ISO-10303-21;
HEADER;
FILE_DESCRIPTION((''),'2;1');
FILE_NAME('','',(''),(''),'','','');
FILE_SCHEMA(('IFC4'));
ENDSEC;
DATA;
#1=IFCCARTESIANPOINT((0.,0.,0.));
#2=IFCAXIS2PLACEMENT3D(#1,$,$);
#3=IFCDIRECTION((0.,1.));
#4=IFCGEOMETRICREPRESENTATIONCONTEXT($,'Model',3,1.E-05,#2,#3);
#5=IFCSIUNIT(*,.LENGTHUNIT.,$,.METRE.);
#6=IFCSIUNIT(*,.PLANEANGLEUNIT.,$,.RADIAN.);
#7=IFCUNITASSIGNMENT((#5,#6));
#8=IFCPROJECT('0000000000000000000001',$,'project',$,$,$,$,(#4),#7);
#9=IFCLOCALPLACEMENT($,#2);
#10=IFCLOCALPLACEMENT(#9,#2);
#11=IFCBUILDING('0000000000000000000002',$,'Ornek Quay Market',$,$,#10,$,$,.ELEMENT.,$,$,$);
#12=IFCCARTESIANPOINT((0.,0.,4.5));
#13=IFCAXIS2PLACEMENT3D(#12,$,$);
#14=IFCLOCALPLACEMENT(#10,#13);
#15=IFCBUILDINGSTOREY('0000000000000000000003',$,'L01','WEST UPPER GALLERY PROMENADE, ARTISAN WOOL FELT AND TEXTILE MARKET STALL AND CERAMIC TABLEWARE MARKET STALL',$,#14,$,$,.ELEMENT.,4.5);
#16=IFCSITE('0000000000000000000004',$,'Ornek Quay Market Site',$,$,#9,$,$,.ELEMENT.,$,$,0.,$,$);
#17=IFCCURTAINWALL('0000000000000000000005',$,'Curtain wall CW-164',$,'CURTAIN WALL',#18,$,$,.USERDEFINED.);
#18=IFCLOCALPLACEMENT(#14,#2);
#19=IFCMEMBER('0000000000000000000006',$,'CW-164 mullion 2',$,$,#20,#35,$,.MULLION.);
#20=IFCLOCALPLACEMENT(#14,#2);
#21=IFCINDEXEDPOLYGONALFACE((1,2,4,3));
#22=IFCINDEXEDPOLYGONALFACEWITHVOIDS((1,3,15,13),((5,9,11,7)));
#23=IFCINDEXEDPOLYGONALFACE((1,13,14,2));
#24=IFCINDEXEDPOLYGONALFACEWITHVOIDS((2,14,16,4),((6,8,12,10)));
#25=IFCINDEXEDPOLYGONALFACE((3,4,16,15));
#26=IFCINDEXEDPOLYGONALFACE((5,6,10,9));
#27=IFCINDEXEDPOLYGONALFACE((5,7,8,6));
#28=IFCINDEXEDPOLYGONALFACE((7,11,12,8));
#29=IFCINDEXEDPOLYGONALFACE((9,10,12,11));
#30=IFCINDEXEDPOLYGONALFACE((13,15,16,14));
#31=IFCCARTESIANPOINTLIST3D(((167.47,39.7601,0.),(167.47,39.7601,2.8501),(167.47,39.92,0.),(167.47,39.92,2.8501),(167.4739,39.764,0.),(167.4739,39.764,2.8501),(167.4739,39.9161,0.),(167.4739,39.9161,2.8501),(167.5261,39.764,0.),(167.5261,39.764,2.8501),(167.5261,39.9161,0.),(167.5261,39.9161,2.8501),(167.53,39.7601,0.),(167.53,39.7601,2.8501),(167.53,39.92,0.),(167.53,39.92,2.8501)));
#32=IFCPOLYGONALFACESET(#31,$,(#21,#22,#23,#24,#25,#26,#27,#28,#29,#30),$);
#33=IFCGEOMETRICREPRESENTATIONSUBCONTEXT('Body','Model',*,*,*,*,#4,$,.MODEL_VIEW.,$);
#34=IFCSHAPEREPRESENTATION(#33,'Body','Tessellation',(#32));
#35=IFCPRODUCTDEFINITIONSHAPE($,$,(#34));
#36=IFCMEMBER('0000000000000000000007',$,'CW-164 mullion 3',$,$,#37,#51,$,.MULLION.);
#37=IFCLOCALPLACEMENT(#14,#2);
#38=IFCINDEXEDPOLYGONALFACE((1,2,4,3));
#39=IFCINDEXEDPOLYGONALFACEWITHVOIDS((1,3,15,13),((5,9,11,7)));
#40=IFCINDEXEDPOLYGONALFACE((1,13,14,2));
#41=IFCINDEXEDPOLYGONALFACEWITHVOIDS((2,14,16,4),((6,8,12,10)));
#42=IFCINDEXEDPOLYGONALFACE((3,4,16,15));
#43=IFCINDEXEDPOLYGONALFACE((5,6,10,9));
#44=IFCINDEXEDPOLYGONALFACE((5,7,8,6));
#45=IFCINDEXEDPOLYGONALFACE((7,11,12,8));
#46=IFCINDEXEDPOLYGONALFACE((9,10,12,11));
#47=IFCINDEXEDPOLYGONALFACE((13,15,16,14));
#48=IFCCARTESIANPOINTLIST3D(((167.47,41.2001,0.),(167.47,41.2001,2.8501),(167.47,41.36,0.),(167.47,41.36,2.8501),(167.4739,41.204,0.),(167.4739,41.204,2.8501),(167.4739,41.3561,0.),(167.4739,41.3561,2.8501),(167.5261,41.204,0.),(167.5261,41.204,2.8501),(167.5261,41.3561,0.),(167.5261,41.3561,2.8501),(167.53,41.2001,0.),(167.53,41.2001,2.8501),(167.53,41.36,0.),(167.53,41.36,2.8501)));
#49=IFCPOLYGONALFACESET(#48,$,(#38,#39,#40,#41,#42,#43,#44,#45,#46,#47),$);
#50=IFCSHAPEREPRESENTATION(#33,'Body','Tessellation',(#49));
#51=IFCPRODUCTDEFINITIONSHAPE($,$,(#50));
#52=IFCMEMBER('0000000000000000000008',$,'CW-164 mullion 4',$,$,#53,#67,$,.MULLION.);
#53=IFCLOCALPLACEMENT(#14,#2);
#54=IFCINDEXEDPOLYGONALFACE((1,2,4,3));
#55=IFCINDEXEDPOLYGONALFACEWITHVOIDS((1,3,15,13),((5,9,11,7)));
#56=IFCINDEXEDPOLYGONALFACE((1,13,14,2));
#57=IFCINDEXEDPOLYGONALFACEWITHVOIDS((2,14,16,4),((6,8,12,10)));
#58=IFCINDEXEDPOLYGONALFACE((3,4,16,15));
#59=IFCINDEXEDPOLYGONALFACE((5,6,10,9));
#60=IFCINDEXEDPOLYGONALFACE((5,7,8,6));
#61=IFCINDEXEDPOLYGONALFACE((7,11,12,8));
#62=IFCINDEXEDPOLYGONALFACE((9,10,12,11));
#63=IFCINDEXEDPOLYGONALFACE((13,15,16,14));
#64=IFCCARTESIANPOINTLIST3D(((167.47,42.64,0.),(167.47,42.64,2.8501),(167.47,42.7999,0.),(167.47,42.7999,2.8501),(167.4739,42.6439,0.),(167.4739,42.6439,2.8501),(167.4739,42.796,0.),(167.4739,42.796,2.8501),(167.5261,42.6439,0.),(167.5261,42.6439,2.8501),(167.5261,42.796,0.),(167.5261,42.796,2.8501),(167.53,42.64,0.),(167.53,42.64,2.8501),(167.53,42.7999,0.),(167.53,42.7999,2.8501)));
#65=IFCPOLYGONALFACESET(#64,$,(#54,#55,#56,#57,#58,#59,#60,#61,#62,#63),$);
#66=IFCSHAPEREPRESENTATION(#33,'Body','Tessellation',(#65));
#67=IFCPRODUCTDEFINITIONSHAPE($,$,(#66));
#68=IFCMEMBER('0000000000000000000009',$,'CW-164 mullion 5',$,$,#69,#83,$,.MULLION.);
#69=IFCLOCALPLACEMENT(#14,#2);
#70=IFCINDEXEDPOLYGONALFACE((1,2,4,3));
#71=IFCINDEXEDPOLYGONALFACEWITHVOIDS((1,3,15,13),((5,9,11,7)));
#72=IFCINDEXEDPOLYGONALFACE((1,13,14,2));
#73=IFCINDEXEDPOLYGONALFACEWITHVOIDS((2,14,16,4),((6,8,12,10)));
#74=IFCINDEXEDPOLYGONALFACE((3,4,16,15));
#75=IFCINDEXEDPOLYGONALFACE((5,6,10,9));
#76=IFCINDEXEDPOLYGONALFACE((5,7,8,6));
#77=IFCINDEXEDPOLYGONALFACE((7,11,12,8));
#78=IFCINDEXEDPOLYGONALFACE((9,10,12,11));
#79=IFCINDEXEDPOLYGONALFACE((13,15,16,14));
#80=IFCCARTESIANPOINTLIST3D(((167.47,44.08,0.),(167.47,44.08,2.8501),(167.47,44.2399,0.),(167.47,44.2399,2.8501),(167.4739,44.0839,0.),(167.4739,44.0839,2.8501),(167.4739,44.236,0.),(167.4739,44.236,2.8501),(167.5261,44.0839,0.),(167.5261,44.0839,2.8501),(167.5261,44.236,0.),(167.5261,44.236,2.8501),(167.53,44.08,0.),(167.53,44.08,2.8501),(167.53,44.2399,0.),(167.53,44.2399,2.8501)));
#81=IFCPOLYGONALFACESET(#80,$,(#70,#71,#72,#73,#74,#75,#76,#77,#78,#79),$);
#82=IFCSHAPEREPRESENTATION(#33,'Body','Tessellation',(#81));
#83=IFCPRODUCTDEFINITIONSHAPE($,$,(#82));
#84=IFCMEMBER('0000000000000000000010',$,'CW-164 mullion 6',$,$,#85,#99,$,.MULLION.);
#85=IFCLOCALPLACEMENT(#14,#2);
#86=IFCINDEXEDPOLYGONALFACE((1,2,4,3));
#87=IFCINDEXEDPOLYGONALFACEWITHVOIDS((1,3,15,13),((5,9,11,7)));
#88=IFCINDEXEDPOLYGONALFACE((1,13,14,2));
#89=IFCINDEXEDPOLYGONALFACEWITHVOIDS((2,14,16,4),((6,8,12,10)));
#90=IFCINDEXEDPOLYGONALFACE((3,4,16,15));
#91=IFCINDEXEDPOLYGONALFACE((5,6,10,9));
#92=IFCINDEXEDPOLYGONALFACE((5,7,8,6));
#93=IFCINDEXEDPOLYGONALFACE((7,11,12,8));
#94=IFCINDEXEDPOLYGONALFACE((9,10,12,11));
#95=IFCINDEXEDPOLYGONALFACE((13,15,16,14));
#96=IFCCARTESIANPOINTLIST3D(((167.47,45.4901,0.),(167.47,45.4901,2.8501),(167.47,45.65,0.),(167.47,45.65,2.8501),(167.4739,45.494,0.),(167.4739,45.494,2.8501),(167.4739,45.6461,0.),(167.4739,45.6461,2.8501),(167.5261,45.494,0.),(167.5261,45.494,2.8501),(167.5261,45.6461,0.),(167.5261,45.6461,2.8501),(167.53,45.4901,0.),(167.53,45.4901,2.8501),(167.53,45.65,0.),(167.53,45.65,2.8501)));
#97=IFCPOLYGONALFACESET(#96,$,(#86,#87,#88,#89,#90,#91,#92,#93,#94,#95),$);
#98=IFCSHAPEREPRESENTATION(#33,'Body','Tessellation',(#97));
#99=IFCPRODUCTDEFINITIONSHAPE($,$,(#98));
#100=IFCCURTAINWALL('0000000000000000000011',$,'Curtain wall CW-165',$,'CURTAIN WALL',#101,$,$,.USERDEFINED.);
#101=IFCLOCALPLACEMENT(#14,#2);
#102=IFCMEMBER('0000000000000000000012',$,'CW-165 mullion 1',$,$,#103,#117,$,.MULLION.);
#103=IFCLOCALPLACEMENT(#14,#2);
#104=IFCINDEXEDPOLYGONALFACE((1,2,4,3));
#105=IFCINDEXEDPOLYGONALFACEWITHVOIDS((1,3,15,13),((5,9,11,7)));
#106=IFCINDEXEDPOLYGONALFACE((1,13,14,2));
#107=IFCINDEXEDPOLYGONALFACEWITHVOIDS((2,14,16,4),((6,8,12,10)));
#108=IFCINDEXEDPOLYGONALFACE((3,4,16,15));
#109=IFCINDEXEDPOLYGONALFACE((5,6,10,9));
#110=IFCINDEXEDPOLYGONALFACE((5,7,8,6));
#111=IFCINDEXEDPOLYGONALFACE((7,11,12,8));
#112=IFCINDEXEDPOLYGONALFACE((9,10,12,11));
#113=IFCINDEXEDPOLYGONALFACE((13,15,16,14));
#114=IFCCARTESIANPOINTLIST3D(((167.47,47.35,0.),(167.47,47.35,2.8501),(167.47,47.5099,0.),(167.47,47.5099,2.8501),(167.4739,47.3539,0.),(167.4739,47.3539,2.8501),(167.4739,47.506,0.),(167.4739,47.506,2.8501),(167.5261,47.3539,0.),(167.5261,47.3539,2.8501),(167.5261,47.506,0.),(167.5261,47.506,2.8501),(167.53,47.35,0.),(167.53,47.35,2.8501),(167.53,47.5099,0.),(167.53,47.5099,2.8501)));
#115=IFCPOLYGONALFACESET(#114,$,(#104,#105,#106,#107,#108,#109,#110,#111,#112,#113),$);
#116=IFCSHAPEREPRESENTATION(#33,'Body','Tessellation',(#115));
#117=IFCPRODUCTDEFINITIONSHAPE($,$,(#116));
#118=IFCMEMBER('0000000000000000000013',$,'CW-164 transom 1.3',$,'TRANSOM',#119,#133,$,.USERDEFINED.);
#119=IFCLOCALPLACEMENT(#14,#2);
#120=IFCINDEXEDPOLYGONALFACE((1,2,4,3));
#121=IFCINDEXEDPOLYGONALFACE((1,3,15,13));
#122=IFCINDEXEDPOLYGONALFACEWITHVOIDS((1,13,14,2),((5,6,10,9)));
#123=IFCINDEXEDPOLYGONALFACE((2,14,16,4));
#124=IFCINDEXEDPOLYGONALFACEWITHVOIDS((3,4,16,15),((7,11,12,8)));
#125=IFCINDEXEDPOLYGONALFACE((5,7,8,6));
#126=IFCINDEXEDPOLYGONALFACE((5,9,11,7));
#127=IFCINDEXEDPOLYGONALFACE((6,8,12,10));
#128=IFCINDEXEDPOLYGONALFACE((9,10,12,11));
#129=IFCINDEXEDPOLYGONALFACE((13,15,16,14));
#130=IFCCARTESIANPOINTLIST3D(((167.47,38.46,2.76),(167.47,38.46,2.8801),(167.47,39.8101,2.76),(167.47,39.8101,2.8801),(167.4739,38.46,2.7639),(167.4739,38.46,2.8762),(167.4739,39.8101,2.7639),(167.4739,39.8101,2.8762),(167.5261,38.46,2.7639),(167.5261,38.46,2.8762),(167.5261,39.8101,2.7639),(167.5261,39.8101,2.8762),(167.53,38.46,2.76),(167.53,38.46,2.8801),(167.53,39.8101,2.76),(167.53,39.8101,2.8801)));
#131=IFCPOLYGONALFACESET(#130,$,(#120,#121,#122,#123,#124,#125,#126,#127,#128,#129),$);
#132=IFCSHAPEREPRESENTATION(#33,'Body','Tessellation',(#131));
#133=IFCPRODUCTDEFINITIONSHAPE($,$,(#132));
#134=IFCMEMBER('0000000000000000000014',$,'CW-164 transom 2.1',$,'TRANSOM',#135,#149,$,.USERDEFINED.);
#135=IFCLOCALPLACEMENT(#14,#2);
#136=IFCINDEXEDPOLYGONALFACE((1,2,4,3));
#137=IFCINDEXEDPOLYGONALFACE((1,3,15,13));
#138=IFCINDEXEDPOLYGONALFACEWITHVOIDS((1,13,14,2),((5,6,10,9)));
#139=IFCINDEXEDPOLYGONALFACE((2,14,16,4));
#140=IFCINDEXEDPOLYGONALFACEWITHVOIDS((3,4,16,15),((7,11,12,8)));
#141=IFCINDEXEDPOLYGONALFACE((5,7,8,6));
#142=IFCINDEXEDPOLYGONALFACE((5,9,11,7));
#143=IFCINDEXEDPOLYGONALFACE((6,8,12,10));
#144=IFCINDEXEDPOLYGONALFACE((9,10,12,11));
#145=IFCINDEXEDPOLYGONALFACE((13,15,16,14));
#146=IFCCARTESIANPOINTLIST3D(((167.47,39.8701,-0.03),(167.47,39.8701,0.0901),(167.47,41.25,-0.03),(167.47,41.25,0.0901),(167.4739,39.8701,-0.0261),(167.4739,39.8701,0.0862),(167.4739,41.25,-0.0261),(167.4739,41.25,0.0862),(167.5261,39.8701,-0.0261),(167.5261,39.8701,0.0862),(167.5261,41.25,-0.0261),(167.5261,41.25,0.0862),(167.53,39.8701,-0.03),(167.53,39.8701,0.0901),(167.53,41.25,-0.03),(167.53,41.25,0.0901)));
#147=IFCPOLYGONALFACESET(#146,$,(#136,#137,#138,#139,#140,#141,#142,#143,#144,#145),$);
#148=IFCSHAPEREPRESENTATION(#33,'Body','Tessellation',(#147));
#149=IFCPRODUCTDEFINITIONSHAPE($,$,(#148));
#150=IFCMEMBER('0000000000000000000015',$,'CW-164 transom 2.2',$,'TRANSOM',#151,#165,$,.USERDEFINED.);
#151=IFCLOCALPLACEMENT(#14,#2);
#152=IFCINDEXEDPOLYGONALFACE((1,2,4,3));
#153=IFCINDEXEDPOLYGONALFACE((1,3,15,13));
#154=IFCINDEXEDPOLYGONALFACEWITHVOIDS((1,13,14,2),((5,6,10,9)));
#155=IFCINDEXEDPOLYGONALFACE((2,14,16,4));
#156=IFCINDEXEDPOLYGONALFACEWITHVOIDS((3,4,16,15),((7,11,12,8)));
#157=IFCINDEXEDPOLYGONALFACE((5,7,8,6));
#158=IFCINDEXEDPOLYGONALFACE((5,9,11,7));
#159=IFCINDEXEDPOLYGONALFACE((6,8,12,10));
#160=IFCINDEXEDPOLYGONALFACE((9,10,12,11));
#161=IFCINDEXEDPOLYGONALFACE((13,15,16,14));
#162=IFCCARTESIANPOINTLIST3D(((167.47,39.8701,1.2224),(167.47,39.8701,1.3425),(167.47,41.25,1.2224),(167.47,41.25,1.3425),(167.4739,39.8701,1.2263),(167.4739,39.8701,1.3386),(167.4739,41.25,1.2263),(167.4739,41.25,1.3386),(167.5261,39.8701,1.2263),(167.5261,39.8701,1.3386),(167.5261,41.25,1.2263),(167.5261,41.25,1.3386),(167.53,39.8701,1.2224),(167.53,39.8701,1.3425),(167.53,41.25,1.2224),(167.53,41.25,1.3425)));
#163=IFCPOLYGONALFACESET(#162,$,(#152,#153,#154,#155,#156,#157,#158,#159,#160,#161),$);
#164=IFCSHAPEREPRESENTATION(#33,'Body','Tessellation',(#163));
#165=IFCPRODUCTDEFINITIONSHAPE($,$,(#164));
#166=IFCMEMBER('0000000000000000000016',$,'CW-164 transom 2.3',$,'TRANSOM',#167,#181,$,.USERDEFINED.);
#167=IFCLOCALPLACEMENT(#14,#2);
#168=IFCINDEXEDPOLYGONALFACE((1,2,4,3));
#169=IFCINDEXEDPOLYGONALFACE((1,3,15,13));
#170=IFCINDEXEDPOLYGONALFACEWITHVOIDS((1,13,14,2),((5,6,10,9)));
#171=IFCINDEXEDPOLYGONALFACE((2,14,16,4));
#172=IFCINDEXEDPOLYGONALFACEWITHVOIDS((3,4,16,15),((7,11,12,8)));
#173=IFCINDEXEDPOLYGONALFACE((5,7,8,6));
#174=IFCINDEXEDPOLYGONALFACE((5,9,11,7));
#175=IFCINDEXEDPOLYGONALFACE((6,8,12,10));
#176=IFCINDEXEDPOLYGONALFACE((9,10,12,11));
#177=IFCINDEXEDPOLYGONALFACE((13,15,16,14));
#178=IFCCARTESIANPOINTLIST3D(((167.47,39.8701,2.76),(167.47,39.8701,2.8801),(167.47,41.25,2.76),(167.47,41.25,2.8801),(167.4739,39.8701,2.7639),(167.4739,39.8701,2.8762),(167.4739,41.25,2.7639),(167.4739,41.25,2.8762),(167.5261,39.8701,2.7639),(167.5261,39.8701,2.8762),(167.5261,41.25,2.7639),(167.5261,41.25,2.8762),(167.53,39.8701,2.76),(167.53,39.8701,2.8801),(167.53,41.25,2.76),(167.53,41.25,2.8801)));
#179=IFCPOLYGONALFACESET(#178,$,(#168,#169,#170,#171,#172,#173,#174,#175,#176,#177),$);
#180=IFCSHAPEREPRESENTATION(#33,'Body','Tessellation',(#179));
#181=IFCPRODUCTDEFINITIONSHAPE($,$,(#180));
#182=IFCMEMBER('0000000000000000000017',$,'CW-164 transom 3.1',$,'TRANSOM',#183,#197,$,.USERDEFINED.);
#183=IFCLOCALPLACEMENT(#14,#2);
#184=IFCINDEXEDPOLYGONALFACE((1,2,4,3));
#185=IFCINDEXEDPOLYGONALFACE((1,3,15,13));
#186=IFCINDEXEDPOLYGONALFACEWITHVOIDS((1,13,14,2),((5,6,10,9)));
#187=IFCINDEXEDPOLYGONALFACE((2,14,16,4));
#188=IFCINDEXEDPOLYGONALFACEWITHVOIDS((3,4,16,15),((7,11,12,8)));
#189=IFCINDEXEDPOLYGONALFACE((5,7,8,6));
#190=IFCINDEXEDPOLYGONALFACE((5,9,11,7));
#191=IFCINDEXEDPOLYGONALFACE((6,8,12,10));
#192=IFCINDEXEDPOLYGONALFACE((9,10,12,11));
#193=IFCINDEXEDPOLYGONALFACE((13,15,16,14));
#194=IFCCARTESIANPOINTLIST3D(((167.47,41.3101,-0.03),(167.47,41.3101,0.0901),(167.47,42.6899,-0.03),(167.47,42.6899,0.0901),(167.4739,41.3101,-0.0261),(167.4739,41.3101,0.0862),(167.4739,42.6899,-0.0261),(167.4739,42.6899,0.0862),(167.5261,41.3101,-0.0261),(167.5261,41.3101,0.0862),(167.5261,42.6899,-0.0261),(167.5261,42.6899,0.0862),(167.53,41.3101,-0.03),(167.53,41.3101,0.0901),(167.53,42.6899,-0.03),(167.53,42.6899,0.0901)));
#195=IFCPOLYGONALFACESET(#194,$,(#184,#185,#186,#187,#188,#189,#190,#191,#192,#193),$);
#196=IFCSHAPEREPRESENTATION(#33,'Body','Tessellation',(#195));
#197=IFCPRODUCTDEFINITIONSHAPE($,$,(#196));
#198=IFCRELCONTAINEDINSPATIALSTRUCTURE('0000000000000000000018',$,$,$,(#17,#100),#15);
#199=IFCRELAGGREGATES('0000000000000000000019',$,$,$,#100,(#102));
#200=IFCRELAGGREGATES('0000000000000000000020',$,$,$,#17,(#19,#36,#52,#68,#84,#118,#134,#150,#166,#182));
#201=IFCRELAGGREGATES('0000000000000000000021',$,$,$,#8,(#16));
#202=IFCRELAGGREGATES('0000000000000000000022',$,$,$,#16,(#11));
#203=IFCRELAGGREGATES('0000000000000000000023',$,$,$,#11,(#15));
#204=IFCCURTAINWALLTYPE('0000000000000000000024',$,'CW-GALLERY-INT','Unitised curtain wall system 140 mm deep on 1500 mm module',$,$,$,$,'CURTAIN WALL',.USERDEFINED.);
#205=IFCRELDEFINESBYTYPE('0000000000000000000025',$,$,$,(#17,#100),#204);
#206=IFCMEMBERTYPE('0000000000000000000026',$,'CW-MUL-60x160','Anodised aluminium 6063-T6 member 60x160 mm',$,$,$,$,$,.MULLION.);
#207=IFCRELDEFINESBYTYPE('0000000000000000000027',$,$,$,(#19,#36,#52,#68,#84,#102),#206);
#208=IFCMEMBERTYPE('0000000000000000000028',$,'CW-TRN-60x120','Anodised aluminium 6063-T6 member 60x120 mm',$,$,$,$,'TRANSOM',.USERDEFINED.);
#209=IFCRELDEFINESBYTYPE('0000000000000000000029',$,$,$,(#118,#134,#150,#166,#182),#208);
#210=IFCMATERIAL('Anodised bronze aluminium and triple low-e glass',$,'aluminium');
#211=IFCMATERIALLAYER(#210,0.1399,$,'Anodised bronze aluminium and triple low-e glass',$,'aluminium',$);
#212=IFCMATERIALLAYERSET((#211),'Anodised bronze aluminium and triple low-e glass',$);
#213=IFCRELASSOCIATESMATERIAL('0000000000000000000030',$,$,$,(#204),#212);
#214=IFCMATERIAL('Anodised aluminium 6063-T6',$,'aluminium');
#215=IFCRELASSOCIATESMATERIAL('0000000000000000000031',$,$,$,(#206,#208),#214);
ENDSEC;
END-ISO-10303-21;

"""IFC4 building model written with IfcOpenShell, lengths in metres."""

from ifc_helpers import new_model, si_unit, direction, frame, origin, origin_2d, place, context, subcontext, project, spatial, hollow_rectangle, extrude, material, layer, layer_set, material_profile, profile_set, type_object, element, aggregate, save


model = new_model("IFC4")

# Units and contexts
model_context = context("Model", 3, precision=1e-05, world=origin(), true_north=direction((0.0, 1.0)))
body_context = subcontext(model_context, "Body", "Model", "MODEL_VIEW")
ifc_project = project(units=[si_unit("LENGTHUNIT", "METRE"), si_unit("PLANEANGLEUNIT", "RADIAN")], contexts=[model_context])

# Site, building, storey
site_placement = place(None, origin())
site = spatial("IfcSite", under=ifc_project, at=site_placement, Name="Ornek Quay Market Site", CompositionType="ELEMENT", RefElevation=0.0)
building_placement = place(site_placement, origin())
building = spatial("IfcBuilding", under=site, at=building_placement, Name="Ornek Quay Market", CompositionType="ELEMENT")
storey_placement = place(building_placement, frame((0.0, 0.0, 4.5)))
storey = spatial("IfcBuildingStorey", under=building, at=storey_placement, Name="L01", Description="WEST UPPER GALLERY PROMENADE, ARTISAN WOOL FELT AND TEXTILE MARKET STALL AND CERAMIC TABLEWARE MARKET STALL", CompositionType="ELEMENT", Elevation=4.5)

# Curtain wall, members
ifc_material_1 = material(Name="Anodised bronze aluminium and triple low-e glass", Category="aluminium")
ifc_layer_1 = layer(ifc_material_1, 0.1399, Name="Anodised bronze aluminium and triple low-e glass", Category="aluminium")
ifc_layer_set_1 = layer_set([ifc_layer_1], Name="Anodised bronze aluminium and triple low-e glass")
curtain_wall_type = type_object("IfcCurtainWallType", Name="CW-GALLERY-INT", Description="Unitised curtain wall system 140 mm deep on 1500 mm module", ElementType="CURTAIN WALL", PredefinedType="USERDEFINED", material=ifc_layer_set_1)
curtain_wall_1_placement = place(storey_placement, origin())
curtain_wall_1 = element("IfcCurtainWall", 1, at=curtain_wall_1_placement, inside=storey, type_object=curtain_wall_type, Name="Curtain wall CW-164", ObjectType="CURTAIN WALL", PredefinedType="USERDEFINED")
ifc_material_2 = material(Name="Anodised aluminium 6063-T6", Category="aluminium")
ifc_material_profile_1 = material_profile(ifc_material_2, hollow_rectangle(XDim=0.0601, YDim=0.1599, WallThickness=0.0039, at=origin_2d()), Name="CW-MUL-60x160", Category="aluminium")
ifc_profile_set_1 = profile_set([ifc_material_profile_1], Name="Anodised aluminium 6063-T6")
member_type_1 = type_object("IfcMemberType", Name="CW-MUL-60x160", Description="Anodised aluminium 6063-T6 member 60x160 mm", PredefinedType="MULLION", material=ifc_profile_set_1)
member_1_placement = place(storey_placement, frame((167.5, 39.8401, 0.0), z_axis=(0.0, 0.0, 1.0), x_axis=(-1.0, 0.0, 0.0)))
member_1 = element("IfcMember", 2, at=member_1_placement, type_object=member_type_1, Name="CW-164 mullion 2", PredefinedType="MULLION", context=body_context, shape_type="SweptSolid", body=[
    extrude(hollow_rectangle(XDim=0.0601, YDim=0.1599, WallThickness=0.0039, at=origin_2d()), origin(), (0.0, 0.0, 1.0), 2.8501),
])
member_2_placement = place(storey_placement, frame((167.5, 41.28, 0.0), z_axis=(0.0, 0.0, 1.0), x_axis=(-1.0, 0.0, 0.0)))
member_2 = element("IfcMember", 3, at=member_2_placement, type_object=member_type_1, Name="CW-164 mullion 3", PredefinedType="MULLION", context=body_context, shape_type="SweptSolid", body=[
    extrude(hollow_rectangle(XDim=0.0601, YDim=0.1599, WallThickness=0.0039, at=origin_2d()), origin(), (0.0, 0.0, 1.0), 2.8501),
])
member_3_placement = place(storey_placement, frame((167.5, 42.72, 0.0), z_axis=(0.0, 0.0, 1.0), x_axis=(-1.0, 0.0, 0.0)))
member_3 = element("IfcMember", 4, at=member_3_placement, type_object=member_type_1, Name="CW-164 mullion 4", PredefinedType="MULLION", context=body_context, shape_type="SweptSolid", body=[
    extrude(hollow_rectangle(XDim=0.0601, YDim=0.1599, WallThickness=0.0039, at=origin_2d()), origin(), (0.0, 0.0, 1.0), 2.8501),
])
member_4_placement = place(storey_placement, frame((167.5, 44.1599, 0.0), z_axis=(0.0, 0.0, 1.0), x_axis=(-1.0, 0.0, 0.0)))
member_4 = element("IfcMember", 5, at=member_4_placement, type_object=member_type_1, Name="CW-164 mullion 5", PredefinedType="MULLION", context=body_context, shape_type="SweptSolid", body=[
    extrude(hollow_rectangle(XDim=0.0601, YDim=0.1599, WallThickness=0.0039, at=origin_2d()), origin(), (0.0, 0.0, 1.0), 2.8501),
])
member_5_placement = place(storey_placement, frame((167.5, 45.5701, 0.0), z_axis=(0.0, 0.0, 1.0), x_axis=(-1.0, 0.0, 0.0)))
member_5 = element("IfcMember", 6, at=member_5_placement, type_object=member_type_1, Name="CW-164 mullion 6", PredefinedType="MULLION", context=body_context, shape_type="SweptSolid", body=[
    extrude(hollow_rectangle(XDim=0.0601, YDim=0.1599, WallThickness=0.0039, at=origin_2d()), origin(), (0.0, 0.0, 1.0), 2.8501),
])

# Curtain wall, member
curtain_wall_2_placement = place(storey_placement, origin())
curtain_wall_2 = element("IfcCurtainWall", 7, at=curtain_wall_2_placement, inside=storey, type_object=curtain_wall_type, Name="Curtain wall CW-165", ObjectType="CURTAIN WALL", PredefinedType="USERDEFINED")
member_6_placement = place(storey_placement, frame((167.5, 47.4299, 0.0), z_axis=(0.0, 0.0, 1.0), x_axis=(-1.0, 0.0, 0.0)))
member_6 = element("IfcMember", 8, at=member_6_placement, type_object=member_type_1, Name="CW-165 mullion 1", PredefinedType="MULLION", context=body_context, shape_type="SweptSolid", body=[
    extrude(hollow_rectangle(XDim=0.0601, YDim=0.1599, WallThickness=0.0039, at=origin_2d()), origin(), (0.0, 0.0, 1.0), 2.8501),
])

# Members
ifc_material_profile_2 = material_profile(ifc_material_2, hollow_rectangle(XDim=0.0601, YDim=0.1201, WallThickness=0.0039, at=origin_2d()), Name="CW-TRN-60x120", Category="aluminium")
ifc_profile_set_2 = profile_set([ifc_material_profile_2], Name="Anodised aluminium 6063-T6")
member_type_2 = type_object("IfcMemberType", Name="CW-TRN-60x120", Description="Anodised aluminium 6063-T6 member 60x120 mm", ElementType="TRANSOM", PredefinedType="USERDEFINED", material=ifc_profile_set_2)
member_7_placement = place(storey_placement, frame((167.5, 38.46, 2.8201), z_axis=(0.0, 1.0, 0.0), x_axis=(-1.0, 0.0, 0.0)))
member_7 = element("IfcMember", 9, at=member_7_placement, type_object=member_type_2, Name="CW-164 transom 1.3", ObjectType="TRANSOM", PredefinedType="USERDEFINED", context=body_context, shape_type="SweptSolid", body=[
    extrude(hollow_rectangle(XDim=0.0601, YDim=0.1201, WallThickness=0.0039, at=origin_2d()), origin(), (0.0, 0.0, 1.0), 1.3501),
])
member_8_placement = place(storey_placement, frame((167.5, 39.8701, 0.03), z_axis=(0.0, 1.0, 0.0), x_axis=(-1.0, 0.0, 0.0)))
member_8 = element("IfcMember", 10, at=member_8_placement, type_object=member_type_2, Name="CW-164 transom 2.1", ObjectType="TRANSOM", PredefinedType="USERDEFINED", context=body_context, shape_type="SweptSolid", body=[
    extrude(hollow_rectangle(XDim=0.0601, YDim=0.1201, WallThickness=0.0039, at=origin_2d()), origin(), (0.0, 0.0, 1.0), 1.3799),
])
member_9_placement = place(storey_placement, frame((167.5, 39.8701, 1.2825), z_axis=(0.0, 1.0, 0.0), x_axis=(-1.0, 0.0, 0.0)))
member_9 = element("IfcMember", 11, at=member_9_placement, type_object=member_type_2, Name="CW-164 transom 2.2", ObjectType="TRANSOM", PredefinedType="USERDEFINED", context=body_context, shape_type="SweptSolid", body=[
    extrude(hollow_rectangle(XDim=0.0601, YDim=0.1201, WallThickness=0.0039, at=origin_2d()), origin(), (0.0, 0.0, 1.0), 1.3799),
])
member_10_placement = place(storey_placement, frame((167.5, 39.8701, 2.8201), z_axis=(0.0, 1.0, 0.0), x_axis=(-1.0, 0.0, 0.0)))
member_10 = element("IfcMember", 12, at=member_10_placement, type_object=member_type_2, Name="CW-164 transom 2.3", ObjectType="TRANSOM", PredefinedType="USERDEFINED", context=body_context, shape_type="SweptSolid", body=[
    extrude(hollow_rectangle(XDim=0.0601, YDim=0.1201, WallThickness=0.0039, at=origin_2d()), origin(), (0.0, 0.0, 1.0), 1.3799),
])
member_11_placement = place(storey_placement, frame((167.5, 41.3101, 0.03), z_axis=(0.0, 1.0, 0.0), x_axis=(-1.0, 0.0, 0.0)))
member_11 = element("IfcMember", 13, at=member_11_placement, type_object=member_type_2, Name="CW-164 transom 3.1", ObjectType="TRANSOM", PredefinedType="USERDEFINED", context=body_context, shape_type="SweptSolid", body=[
    extrude(hollow_rectangle(XDim=0.0601, YDim=0.1201, WallThickness=0.0039, at=origin_2d()), origin(), (0.0, 0.0, 1.0), 1.3799),
])
aggregate(curtain_wall_2, [member_6])

aggregate(curtain_wall_1, [member_1, member_2, member_3, member_4, member_5, member_7, member_8, member_9, member_10, member_11])

save(model, "model.ifc")
